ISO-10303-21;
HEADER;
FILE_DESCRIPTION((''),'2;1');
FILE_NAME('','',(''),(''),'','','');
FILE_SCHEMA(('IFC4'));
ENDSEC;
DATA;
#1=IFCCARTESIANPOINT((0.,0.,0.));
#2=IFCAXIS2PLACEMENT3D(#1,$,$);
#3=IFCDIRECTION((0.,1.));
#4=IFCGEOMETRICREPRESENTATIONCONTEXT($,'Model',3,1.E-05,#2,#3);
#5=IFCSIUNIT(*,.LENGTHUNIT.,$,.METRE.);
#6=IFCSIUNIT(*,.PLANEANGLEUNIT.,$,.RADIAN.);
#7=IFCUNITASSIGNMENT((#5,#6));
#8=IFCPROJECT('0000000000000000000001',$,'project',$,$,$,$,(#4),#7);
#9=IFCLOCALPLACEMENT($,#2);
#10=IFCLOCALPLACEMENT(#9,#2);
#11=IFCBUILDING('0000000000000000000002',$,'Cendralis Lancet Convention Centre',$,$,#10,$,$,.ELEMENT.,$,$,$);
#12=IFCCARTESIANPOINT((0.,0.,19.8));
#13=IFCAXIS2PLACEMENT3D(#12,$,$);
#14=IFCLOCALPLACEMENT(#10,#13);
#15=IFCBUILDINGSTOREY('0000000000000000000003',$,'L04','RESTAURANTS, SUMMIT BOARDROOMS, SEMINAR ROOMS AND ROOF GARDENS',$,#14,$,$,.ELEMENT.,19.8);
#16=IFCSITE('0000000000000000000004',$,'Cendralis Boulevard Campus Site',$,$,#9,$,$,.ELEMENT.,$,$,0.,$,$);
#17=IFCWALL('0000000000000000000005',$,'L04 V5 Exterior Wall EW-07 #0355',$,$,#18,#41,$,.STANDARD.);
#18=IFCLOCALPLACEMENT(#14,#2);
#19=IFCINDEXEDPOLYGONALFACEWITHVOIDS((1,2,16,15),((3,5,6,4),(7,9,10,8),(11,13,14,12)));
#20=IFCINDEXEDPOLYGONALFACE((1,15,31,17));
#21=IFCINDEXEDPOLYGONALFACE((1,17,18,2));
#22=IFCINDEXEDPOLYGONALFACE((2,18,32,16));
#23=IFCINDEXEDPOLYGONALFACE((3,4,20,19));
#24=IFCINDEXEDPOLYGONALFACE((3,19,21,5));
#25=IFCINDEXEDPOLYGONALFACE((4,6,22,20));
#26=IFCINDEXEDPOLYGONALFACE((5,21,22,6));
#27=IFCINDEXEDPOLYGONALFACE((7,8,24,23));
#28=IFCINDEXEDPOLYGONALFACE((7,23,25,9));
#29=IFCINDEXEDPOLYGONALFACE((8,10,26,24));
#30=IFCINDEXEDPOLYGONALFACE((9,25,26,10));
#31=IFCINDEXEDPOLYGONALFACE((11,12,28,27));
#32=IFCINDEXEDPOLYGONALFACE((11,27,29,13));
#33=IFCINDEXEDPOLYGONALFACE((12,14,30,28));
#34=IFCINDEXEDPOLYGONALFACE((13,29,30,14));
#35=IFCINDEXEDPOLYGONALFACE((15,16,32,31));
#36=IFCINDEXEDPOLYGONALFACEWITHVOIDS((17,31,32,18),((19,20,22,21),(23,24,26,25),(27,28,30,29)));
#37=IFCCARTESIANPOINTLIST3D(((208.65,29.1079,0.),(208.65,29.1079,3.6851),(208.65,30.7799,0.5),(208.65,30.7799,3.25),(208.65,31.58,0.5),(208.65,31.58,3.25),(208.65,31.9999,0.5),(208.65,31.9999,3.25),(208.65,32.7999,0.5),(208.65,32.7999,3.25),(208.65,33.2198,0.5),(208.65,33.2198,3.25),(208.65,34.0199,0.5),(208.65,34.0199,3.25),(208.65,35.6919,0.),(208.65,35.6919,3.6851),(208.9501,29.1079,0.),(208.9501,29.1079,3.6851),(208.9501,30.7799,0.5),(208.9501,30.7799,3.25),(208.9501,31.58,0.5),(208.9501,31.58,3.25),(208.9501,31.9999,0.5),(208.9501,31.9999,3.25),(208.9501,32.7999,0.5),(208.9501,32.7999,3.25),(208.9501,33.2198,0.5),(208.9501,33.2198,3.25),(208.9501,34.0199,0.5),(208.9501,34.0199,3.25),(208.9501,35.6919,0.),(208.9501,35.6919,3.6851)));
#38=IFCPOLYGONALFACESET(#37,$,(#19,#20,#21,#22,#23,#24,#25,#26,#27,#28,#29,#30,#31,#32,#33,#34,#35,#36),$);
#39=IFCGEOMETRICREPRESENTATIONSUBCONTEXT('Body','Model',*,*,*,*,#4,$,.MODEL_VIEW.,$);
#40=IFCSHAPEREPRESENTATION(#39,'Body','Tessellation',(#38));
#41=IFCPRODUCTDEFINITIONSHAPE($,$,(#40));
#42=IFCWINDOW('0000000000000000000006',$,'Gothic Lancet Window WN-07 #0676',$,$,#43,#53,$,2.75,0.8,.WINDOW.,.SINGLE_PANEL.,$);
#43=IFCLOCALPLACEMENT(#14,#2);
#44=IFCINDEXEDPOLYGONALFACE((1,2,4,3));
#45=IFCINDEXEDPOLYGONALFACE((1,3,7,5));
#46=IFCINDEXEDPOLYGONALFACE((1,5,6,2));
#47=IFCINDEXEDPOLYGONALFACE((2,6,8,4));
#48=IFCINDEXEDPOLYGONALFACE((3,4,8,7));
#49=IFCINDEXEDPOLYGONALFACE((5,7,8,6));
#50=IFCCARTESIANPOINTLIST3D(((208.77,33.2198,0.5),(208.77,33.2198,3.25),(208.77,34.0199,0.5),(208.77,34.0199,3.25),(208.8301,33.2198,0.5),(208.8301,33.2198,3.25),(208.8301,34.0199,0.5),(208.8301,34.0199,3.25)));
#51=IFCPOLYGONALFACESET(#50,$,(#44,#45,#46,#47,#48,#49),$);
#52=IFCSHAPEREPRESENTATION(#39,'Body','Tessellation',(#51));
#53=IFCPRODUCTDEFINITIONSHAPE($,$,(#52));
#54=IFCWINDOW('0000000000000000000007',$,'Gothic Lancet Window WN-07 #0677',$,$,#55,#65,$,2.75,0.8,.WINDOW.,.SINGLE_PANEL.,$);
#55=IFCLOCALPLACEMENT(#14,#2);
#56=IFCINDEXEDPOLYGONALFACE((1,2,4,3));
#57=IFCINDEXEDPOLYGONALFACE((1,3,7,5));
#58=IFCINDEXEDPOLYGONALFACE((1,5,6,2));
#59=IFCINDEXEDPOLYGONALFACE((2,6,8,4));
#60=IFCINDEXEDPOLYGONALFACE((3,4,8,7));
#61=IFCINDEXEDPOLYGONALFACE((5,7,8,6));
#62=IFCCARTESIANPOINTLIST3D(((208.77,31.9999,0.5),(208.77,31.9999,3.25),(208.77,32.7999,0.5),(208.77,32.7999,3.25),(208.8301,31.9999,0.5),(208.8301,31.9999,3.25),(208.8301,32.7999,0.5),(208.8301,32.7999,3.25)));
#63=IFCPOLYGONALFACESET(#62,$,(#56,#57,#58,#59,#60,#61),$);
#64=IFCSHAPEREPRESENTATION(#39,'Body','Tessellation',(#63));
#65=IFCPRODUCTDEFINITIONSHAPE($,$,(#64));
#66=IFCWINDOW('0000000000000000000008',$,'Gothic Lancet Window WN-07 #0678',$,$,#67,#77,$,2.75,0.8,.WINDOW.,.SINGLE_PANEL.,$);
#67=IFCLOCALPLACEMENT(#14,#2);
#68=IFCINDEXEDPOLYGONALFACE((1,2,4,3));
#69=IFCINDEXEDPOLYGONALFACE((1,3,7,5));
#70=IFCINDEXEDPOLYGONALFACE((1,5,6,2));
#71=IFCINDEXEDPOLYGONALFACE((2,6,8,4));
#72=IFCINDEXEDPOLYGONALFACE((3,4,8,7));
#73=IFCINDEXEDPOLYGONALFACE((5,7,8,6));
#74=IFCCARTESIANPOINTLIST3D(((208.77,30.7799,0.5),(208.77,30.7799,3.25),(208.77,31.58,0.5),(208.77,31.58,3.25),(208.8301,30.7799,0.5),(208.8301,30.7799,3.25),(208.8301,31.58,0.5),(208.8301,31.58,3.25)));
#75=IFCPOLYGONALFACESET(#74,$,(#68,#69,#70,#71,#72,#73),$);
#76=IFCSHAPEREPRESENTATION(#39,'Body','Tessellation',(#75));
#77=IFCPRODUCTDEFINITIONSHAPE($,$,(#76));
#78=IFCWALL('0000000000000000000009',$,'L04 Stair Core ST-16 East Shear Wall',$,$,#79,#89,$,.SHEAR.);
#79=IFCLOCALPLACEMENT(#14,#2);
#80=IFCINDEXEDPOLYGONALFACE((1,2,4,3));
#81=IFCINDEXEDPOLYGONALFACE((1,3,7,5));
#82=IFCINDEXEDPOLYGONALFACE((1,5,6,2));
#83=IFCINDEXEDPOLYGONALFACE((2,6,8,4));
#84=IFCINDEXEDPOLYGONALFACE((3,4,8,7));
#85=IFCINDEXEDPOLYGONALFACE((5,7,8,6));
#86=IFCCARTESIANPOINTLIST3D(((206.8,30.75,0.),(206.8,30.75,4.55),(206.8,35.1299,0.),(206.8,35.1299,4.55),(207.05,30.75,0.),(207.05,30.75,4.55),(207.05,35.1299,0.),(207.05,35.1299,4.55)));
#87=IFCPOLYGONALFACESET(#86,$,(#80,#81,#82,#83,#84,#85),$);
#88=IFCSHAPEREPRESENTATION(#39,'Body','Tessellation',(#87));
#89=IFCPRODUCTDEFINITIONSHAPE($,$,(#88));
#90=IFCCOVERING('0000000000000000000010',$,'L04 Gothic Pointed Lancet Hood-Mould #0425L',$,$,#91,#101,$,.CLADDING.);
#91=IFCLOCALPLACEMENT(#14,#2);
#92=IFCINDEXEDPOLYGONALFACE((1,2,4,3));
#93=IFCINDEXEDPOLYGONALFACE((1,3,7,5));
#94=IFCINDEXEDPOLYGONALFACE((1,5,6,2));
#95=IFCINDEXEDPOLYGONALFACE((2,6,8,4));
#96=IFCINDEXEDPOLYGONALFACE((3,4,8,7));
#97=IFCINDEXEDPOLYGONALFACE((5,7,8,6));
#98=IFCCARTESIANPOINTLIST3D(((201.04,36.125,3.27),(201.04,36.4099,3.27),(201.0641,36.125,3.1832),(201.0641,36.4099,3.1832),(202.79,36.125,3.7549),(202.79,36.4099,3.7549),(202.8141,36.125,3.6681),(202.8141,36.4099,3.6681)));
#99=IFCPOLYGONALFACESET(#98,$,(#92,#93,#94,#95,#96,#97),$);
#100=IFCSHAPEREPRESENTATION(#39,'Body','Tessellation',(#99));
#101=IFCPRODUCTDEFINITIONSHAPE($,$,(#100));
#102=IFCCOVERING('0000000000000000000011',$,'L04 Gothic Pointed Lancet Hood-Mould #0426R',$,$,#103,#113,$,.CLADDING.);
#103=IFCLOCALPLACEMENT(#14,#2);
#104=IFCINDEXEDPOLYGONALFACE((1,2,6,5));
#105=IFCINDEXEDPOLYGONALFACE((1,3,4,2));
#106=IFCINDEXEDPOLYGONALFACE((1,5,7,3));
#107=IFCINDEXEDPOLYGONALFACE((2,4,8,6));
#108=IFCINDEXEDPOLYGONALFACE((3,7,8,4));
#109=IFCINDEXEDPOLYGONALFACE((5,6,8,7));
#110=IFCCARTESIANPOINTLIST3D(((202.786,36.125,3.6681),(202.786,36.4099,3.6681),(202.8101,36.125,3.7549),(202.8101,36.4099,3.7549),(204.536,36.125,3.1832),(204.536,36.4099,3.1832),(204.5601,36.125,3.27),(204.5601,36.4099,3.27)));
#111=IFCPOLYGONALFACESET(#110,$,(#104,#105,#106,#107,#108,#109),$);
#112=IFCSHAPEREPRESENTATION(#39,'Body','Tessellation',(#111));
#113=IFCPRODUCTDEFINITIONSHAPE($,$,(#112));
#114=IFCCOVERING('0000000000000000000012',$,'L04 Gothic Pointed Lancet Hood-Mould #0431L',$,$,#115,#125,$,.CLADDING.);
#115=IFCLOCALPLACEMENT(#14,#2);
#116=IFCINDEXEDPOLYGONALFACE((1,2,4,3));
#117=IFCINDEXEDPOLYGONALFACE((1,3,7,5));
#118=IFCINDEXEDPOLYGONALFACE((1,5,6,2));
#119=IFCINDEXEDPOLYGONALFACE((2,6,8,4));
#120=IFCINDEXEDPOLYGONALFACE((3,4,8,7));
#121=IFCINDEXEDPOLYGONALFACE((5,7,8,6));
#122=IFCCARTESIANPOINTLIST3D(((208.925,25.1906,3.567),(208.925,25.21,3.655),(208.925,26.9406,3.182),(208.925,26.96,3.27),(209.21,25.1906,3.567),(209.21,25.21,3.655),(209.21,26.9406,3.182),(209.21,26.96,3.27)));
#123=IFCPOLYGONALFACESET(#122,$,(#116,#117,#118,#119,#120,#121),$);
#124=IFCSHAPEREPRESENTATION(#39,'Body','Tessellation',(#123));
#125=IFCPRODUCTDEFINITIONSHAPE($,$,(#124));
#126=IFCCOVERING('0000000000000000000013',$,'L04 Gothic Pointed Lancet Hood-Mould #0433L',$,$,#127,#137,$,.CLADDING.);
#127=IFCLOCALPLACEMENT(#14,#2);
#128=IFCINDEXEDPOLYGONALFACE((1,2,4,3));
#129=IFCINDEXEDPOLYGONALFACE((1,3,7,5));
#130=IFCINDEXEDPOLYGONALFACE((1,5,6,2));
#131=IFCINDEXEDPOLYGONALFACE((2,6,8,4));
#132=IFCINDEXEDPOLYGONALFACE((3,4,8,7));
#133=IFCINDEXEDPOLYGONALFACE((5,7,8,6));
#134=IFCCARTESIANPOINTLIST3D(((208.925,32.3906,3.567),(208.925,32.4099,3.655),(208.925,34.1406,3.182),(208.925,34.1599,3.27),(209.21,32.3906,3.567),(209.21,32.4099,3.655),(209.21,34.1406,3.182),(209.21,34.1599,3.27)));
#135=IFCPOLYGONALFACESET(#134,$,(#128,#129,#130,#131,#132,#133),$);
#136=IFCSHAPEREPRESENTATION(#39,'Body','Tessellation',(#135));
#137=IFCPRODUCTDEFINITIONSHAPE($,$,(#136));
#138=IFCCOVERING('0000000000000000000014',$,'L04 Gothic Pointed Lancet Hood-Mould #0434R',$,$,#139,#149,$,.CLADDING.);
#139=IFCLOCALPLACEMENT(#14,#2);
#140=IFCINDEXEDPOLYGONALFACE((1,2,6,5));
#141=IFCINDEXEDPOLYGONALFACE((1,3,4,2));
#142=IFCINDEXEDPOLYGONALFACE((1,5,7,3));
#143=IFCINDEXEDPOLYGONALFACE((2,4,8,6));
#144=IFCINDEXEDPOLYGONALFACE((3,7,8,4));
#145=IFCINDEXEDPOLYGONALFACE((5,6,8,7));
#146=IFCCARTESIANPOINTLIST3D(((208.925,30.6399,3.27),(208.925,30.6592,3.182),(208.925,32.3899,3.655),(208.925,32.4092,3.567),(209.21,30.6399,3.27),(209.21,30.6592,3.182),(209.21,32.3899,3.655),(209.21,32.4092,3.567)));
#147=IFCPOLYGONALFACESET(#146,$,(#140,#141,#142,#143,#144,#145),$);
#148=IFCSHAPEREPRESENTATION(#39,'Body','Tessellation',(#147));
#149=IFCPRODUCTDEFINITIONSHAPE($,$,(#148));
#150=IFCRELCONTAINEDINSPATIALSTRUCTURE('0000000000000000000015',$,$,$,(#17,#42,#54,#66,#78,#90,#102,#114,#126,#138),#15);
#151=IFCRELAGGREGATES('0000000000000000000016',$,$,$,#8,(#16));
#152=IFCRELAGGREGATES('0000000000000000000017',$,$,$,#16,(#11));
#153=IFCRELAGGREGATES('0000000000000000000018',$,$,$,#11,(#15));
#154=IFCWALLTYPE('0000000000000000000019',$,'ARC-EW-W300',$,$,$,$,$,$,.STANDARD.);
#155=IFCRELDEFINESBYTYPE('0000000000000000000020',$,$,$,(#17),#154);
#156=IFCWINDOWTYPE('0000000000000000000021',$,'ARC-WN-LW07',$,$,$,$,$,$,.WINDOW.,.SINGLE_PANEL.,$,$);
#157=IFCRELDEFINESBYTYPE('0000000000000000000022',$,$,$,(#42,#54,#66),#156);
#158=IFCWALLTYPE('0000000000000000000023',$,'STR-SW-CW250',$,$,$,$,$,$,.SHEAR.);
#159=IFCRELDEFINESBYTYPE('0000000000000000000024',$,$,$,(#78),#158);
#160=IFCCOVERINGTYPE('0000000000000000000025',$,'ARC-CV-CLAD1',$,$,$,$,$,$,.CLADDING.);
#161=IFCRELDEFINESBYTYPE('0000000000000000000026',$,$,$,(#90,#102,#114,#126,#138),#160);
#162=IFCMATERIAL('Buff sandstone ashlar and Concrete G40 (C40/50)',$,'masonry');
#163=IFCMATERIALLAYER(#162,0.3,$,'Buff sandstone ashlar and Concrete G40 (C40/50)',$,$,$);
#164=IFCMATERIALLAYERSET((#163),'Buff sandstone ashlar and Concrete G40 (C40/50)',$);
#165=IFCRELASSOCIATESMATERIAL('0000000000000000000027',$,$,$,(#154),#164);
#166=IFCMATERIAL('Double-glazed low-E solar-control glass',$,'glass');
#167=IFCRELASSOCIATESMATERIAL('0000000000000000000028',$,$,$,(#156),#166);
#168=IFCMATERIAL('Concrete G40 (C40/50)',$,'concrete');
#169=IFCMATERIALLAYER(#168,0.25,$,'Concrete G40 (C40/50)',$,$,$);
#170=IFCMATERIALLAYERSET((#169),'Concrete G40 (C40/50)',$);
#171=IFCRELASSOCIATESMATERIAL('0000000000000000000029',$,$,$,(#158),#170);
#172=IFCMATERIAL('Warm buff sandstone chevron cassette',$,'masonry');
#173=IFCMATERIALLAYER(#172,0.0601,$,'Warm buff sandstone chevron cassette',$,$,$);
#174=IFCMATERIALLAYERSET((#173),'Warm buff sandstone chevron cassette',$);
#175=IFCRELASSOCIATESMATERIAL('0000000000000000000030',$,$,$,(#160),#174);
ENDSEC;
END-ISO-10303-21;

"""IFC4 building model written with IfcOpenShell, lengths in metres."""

from ifc_helpers import new_model, si_unit, direction, frame, frame_2d, origin, place, context, subcontext, project, spatial, polyline, rectangle, outline, extrude, material, layer, layer_set, type_object, element, fill, save


model = new_model("IFC4")

# Units and contexts
model_context = context("Model", 3, precision=1e-05, world=origin(), true_north=direction((0.0, 1.0)))
body_context = subcontext(model_context, "Body", "Model", "MODEL_VIEW")
ifc_project = project(units=[si_unit("LENGTHUNIT", "METRE"), si_unit("PLANEANGLEUNIT", "RADIAN")], contexts=[model_context])

# Site, building, storey
site_placement = place(None, origin())
site = spatial("IfcSite", under=ifc_project, at=site_placement, Name="Cendralis Boulevard Campus Site", CompositionType="ELEMENT", RefElevation=0.0)
building_placement = place(site_placement, origin())
building = spatial("IfcBuilding", under=site, at=building_placement, Name="Cendralis Lancet Convention Centre", CompositionType="ELEMENT")
storey_placement = place(building_placement, frame((0.0, 0.0, 19.8)))
storey = spatial("IfcBuildingStorey", under=building, at=storey_placement, Name="L04", Description="RESTAURANTS, SUMMIT BOARDROOMS, SEMINAR ROOMS AND ROOF GARDENS", CompositionType="ELEMENT", Elevation=19.8)

# Shared definitions
ifc_material_1 = material(Name="Concrete G40 (C40/50)", Category="concrete")

# Wall, openings, windows
ifc_material_2 = material(Name="Buff sandstone ashlar and Concrete G40 (C40/50)", Category="masonry")
ifc_layer_1 = layer(ifc_material_2, 0.3, Name="Buff sandstone ashlar and Concrete G40 (C40/50)")
ifc_layer_set_1 = layer_set([ifc_layer_1], Name="Buff sandstone ashlar and Concrete G40 (C40/50)")
wall_type_1 = type_object("IfcWallType", Name="ARC-EW-W300", PredefinedType="STANDARD", material=ifc_layer_set_1)
ifc_material_3 = material(Name="Double-glazed low-E solar-control glass", Category="glass")
window_type = type_object("IfcWindowType", Name="ARC-WN-LW07", PartitioningType="SINGLE_PANEL", PredefinedType="WINDOW", material=ifc_material_3)
wall_1_placement = place(storey_placement, frame((208.8, 35.6919, 0.0), z_axis=(0.0, 0.0, 1.0), x_axis=(0.0, -1.0, 0.0)))
wall_1 = element("IfcWall", 1, at=wall_1_placement, inside=storey, type_object=wall_type_1, Name="L04 V5 Exterior Wall EW-07 #0355", PredefinedType="STANDARD", context=body_context, shape_type="SweptSolid", body=[
    extrude(rectangle(XDim=6.584, YDim=0.3, at=frame_2d((3.292, 0.0))), origin(), (0.0, 0.0, 1.0), 3.6851),
])
opening_1_placement = place(wall_1_placement, frame((1.6721, 0.0, 0.5)))
opening_1 = element("IfcOpeningElement", 2, at=opening_1_placement, cuts=wall_1, PredefinedType="OPENING", context=body_context, shape_type="SweptSolid", body=[
    extrude(rectangle(XDim=0.8, YDim=2.75, at=frame_2d((0.3999, 1.375))), frame((0.0, 0.1599, 0.0), z_axis=(0.0, -1.0, 0.0), x_axis=(1.0, 0.0, 0.0)), (0.0, 0.0, 1.0), 0.3201),
])
opening_2_placement = place(wall_1_placement, frame((2.8921, 0.0, 0.5)))
opening_2 = element("IfcOpeningElement", 3, at=opening_2_placement, cuts=wall_1, PredefinedType="OPENING", context=body_context, shape_type="SweptSolid", body=[
    extrude(rectangle(XDim=0.8, YDim=2.75, at=frame_2d((0.3999, 1.375))), frame((0.0, 0.1599, 0.0), z_axis=(0.0, -1.0, 0.0), x_axis=(1.0, 0.0, 0.0)), (0.0, 0.0, 1.0), 0.3201),
])
opening_3_placement = place(wall_1_placement, frame((4.1121, 0.0, 0.5)))
opening_3 = element("IfcOpeningElement", 4, at=opening_3_placement, cuts=wall_1, PredefinedType="OPENING", context=body_context, shape_type="SweptSolid", body=[
    extrude(rectangle(XDim=0.8, YDim=2.75, at=frame_2d((0.3999, 1.375))), frame((0.0, 0.1599, 0.0), z_axis=(0.0, -1.0, 0.0), x_axis=(1.0, 0.0, 0.0)), (0.0, 0.0, 1.0), 0.3201),
])
window_1_placement = place(opening_1_placement, origin())
window_1 = element("IfcWindow", 5, at=window_1_placement, inside=storey, type_object=window_type, Name="Gothic Lancet Window WN-07 #0676", OverallHeight=2.75, OverallWidth=0.8, PartitioningType="SINGLE_PANEL", PredefinedType="WINDOW", context=body_context, shape_type="SweptSolid", body=[
    extrude(rectangle(XDim=0.8, YDim=2.75, at=frame_2d((0.3999, 1.375))), frame((0.0, 0.03, 0.0), z_axis=(0.0, -1.0, 0.0), x_axis=(1.0, 0.0, 0.0)), (0.0, 0.0, 1.0), 0.0601),
])
fill(opening_1, window_1)
window_2_placement = place(opening_2_placement, origin())
window_2 = element("IfcWindow", 6, at=window_2_placement, inside=storey, type_object=window_type, Name="Gothic Lancet Window WN-07 #0677", OverallHeight=2.75, OverallWidth=0.8, PartitioningType="SINGLE_PANEL", PredefinedType="WINDOW", context=body_context, shape_type="SweptSolid", body=[
    extrude(rectangle(XDim=0.8, YDim=2.75, at=frame_2d((0.3999, 1.375))), frame((0.0, 0.03, 0.0), z_axis=(0.0, -1.0, 0.0), x_axis=(1.0, 0.0, 0.0)), (0.0, 0.0, 1.0), 0.0601),
])
fill(opening_2, window_2)
window_3_placement = place(opening_3_placement, origin())
window_3 = element("IfcWindow", 7, at=window_3_placement, inside=storey, type_object=window_type, Name="Gothic Lancet Window WN-07 #0678", OverallHeight=2.75, OverallWidth=0.8, PartitioningType="SINGLE_PANEL", PredefinedType="WINDOW", context=body_context, shape_type="SweptSolid", body=[
    extrude(rectangle(XDim=0.8, YDim=2.75, at=frame_2d((0.3999, 1.375))), frame((0.0, 0.03, 0.0), z_axis=(0.0, -1.0, 0.0), x_axis=(1.0, 0.0, 0.0)), (0.0, 0.0, 1.0), 0.0601),
])
fill(opening_3, window_3)

# Wall
ifc_layer_2 = layer(ifc_material_1, 0.25, Name="Concrete G40 (C40/50)")
ifc_layer_set_2 = layer_set([ifc_layer_2], Name="Concrete G40 (C40/50)")
wall_type_2 = type_object("IfcWallType", Name="STR-SW-CW250", PredefinedType="SHEAR", material=ifc_layer_set_2)
wall_2_placement = place(storey_placement, frame((206.925, 30.75, 0.0), z_axis=(0.0, 0.0, 1.0), x_axis=(0.0, 1.0, 0.0)))
element("IfcWall", 8, at=wall_2_placement, inside=storey, type_object=wall_type_2, Name="L04 Stair Core ST-16 East Shear Wall", PredefinedType="SHEAR", context=body_context, shape_type="SweptSolid", body=[
    extrude(rectangle(XDim=4.3799, YDim=0.25, at=frame_2d((2.1899, 0.0))), origin(), (0.0, 0.0, 1.0), 4.55),
])

# Coverings
ifc_material_4 = material(Name="Warm buff sandstone chevron cassette", Category="masonry")
ifc_layer_3 = layer(ifc_material_4, 0.0601, Name="Warm buff sandstone chevron cassette")
ifc_layer_set_3 = layer_set([ifc_layer_3], Name="Warm buff sandstone chevron cassette")
covering_type = type_object("IfcCoveringType", Name="ARC-CV-CLAD1", PredefinedType="CLADDING", material=ifc_layer_set_3)
for number, where, z_axis, x_axis, name in (
    (9, (201.04, 36.4099, 3.27), (-0.267006, 0.0, 0.963695), (0.0, -1.0, 0.0), "L04 Gothic Pointed Lancet Hood-Mould #0425L"),
    (10, (202.8101, 36.4099, 3.7549), (0.267006, 0.0, 0.963695), (0.0, -1.0, 0.0), "L04 Gothic Pointed Lancet Hood-Mould #0426R"),
):
    element("IfcCovering", number, at=place(storey_placement, frame(where, z_axis=z_axis, x_axis=x_axis)), inside=storey, type_object=covering_type, Name=name, PredefinedType="CLADDING", context=body_context, shape_type="SweptSolid", body=[
        extrude(outline(polyline([(0.0, 0.0), (0.2849, 0.0), (0.2849, 1.8159), (0.0, 1.8159), (0.0, 0.0)])), origin(), (0.0, 0.0, -1.0), 0.0901),
    ])
for number, where, z_axis, x_axis, name in (
    (11, (209.21, 26.96, 3.27), (0.0, 0.214867, 0.976643), (-1.0, 0.0, 0.0), "L04 Gothic Pointed Lancet Hood-Mould #0431L"),
    (12, (209.21, 34.1599, 3.27), (0.0, 0.214867, 0.976643), (-1.0, 0.0, 0.0), "L04 Gothic Pointed Lancet Hood-Mould #0433L"),
    (13, (209.21, 32.3899, 3.655), (0.0, -0.214867, 0.976643), (-1.0, 0.0, 0.0), "L04 Gothic Pointed Lancet Hood-Mould #0434R"),
):
    element("IfcCovering", number, at=place(storey_placement, frame(where, z_axis=z_axis, x_axis=x_axis)), inside=storey, type_object=covering_type, Name=name, PredefinedType="CLADDING", context=body_context, shape_type="SweptSolid", body=[
        extrude(outline(polyline([(0.0, 0.0), (0.2849, 0.0), (0.2849, 1.7919), (0.0, 1.7919), (0.0, 0.0)])), origin(), (0.0, 0.0, -1.0), 0.0901),
    ])

save(model, "model.ifc")
